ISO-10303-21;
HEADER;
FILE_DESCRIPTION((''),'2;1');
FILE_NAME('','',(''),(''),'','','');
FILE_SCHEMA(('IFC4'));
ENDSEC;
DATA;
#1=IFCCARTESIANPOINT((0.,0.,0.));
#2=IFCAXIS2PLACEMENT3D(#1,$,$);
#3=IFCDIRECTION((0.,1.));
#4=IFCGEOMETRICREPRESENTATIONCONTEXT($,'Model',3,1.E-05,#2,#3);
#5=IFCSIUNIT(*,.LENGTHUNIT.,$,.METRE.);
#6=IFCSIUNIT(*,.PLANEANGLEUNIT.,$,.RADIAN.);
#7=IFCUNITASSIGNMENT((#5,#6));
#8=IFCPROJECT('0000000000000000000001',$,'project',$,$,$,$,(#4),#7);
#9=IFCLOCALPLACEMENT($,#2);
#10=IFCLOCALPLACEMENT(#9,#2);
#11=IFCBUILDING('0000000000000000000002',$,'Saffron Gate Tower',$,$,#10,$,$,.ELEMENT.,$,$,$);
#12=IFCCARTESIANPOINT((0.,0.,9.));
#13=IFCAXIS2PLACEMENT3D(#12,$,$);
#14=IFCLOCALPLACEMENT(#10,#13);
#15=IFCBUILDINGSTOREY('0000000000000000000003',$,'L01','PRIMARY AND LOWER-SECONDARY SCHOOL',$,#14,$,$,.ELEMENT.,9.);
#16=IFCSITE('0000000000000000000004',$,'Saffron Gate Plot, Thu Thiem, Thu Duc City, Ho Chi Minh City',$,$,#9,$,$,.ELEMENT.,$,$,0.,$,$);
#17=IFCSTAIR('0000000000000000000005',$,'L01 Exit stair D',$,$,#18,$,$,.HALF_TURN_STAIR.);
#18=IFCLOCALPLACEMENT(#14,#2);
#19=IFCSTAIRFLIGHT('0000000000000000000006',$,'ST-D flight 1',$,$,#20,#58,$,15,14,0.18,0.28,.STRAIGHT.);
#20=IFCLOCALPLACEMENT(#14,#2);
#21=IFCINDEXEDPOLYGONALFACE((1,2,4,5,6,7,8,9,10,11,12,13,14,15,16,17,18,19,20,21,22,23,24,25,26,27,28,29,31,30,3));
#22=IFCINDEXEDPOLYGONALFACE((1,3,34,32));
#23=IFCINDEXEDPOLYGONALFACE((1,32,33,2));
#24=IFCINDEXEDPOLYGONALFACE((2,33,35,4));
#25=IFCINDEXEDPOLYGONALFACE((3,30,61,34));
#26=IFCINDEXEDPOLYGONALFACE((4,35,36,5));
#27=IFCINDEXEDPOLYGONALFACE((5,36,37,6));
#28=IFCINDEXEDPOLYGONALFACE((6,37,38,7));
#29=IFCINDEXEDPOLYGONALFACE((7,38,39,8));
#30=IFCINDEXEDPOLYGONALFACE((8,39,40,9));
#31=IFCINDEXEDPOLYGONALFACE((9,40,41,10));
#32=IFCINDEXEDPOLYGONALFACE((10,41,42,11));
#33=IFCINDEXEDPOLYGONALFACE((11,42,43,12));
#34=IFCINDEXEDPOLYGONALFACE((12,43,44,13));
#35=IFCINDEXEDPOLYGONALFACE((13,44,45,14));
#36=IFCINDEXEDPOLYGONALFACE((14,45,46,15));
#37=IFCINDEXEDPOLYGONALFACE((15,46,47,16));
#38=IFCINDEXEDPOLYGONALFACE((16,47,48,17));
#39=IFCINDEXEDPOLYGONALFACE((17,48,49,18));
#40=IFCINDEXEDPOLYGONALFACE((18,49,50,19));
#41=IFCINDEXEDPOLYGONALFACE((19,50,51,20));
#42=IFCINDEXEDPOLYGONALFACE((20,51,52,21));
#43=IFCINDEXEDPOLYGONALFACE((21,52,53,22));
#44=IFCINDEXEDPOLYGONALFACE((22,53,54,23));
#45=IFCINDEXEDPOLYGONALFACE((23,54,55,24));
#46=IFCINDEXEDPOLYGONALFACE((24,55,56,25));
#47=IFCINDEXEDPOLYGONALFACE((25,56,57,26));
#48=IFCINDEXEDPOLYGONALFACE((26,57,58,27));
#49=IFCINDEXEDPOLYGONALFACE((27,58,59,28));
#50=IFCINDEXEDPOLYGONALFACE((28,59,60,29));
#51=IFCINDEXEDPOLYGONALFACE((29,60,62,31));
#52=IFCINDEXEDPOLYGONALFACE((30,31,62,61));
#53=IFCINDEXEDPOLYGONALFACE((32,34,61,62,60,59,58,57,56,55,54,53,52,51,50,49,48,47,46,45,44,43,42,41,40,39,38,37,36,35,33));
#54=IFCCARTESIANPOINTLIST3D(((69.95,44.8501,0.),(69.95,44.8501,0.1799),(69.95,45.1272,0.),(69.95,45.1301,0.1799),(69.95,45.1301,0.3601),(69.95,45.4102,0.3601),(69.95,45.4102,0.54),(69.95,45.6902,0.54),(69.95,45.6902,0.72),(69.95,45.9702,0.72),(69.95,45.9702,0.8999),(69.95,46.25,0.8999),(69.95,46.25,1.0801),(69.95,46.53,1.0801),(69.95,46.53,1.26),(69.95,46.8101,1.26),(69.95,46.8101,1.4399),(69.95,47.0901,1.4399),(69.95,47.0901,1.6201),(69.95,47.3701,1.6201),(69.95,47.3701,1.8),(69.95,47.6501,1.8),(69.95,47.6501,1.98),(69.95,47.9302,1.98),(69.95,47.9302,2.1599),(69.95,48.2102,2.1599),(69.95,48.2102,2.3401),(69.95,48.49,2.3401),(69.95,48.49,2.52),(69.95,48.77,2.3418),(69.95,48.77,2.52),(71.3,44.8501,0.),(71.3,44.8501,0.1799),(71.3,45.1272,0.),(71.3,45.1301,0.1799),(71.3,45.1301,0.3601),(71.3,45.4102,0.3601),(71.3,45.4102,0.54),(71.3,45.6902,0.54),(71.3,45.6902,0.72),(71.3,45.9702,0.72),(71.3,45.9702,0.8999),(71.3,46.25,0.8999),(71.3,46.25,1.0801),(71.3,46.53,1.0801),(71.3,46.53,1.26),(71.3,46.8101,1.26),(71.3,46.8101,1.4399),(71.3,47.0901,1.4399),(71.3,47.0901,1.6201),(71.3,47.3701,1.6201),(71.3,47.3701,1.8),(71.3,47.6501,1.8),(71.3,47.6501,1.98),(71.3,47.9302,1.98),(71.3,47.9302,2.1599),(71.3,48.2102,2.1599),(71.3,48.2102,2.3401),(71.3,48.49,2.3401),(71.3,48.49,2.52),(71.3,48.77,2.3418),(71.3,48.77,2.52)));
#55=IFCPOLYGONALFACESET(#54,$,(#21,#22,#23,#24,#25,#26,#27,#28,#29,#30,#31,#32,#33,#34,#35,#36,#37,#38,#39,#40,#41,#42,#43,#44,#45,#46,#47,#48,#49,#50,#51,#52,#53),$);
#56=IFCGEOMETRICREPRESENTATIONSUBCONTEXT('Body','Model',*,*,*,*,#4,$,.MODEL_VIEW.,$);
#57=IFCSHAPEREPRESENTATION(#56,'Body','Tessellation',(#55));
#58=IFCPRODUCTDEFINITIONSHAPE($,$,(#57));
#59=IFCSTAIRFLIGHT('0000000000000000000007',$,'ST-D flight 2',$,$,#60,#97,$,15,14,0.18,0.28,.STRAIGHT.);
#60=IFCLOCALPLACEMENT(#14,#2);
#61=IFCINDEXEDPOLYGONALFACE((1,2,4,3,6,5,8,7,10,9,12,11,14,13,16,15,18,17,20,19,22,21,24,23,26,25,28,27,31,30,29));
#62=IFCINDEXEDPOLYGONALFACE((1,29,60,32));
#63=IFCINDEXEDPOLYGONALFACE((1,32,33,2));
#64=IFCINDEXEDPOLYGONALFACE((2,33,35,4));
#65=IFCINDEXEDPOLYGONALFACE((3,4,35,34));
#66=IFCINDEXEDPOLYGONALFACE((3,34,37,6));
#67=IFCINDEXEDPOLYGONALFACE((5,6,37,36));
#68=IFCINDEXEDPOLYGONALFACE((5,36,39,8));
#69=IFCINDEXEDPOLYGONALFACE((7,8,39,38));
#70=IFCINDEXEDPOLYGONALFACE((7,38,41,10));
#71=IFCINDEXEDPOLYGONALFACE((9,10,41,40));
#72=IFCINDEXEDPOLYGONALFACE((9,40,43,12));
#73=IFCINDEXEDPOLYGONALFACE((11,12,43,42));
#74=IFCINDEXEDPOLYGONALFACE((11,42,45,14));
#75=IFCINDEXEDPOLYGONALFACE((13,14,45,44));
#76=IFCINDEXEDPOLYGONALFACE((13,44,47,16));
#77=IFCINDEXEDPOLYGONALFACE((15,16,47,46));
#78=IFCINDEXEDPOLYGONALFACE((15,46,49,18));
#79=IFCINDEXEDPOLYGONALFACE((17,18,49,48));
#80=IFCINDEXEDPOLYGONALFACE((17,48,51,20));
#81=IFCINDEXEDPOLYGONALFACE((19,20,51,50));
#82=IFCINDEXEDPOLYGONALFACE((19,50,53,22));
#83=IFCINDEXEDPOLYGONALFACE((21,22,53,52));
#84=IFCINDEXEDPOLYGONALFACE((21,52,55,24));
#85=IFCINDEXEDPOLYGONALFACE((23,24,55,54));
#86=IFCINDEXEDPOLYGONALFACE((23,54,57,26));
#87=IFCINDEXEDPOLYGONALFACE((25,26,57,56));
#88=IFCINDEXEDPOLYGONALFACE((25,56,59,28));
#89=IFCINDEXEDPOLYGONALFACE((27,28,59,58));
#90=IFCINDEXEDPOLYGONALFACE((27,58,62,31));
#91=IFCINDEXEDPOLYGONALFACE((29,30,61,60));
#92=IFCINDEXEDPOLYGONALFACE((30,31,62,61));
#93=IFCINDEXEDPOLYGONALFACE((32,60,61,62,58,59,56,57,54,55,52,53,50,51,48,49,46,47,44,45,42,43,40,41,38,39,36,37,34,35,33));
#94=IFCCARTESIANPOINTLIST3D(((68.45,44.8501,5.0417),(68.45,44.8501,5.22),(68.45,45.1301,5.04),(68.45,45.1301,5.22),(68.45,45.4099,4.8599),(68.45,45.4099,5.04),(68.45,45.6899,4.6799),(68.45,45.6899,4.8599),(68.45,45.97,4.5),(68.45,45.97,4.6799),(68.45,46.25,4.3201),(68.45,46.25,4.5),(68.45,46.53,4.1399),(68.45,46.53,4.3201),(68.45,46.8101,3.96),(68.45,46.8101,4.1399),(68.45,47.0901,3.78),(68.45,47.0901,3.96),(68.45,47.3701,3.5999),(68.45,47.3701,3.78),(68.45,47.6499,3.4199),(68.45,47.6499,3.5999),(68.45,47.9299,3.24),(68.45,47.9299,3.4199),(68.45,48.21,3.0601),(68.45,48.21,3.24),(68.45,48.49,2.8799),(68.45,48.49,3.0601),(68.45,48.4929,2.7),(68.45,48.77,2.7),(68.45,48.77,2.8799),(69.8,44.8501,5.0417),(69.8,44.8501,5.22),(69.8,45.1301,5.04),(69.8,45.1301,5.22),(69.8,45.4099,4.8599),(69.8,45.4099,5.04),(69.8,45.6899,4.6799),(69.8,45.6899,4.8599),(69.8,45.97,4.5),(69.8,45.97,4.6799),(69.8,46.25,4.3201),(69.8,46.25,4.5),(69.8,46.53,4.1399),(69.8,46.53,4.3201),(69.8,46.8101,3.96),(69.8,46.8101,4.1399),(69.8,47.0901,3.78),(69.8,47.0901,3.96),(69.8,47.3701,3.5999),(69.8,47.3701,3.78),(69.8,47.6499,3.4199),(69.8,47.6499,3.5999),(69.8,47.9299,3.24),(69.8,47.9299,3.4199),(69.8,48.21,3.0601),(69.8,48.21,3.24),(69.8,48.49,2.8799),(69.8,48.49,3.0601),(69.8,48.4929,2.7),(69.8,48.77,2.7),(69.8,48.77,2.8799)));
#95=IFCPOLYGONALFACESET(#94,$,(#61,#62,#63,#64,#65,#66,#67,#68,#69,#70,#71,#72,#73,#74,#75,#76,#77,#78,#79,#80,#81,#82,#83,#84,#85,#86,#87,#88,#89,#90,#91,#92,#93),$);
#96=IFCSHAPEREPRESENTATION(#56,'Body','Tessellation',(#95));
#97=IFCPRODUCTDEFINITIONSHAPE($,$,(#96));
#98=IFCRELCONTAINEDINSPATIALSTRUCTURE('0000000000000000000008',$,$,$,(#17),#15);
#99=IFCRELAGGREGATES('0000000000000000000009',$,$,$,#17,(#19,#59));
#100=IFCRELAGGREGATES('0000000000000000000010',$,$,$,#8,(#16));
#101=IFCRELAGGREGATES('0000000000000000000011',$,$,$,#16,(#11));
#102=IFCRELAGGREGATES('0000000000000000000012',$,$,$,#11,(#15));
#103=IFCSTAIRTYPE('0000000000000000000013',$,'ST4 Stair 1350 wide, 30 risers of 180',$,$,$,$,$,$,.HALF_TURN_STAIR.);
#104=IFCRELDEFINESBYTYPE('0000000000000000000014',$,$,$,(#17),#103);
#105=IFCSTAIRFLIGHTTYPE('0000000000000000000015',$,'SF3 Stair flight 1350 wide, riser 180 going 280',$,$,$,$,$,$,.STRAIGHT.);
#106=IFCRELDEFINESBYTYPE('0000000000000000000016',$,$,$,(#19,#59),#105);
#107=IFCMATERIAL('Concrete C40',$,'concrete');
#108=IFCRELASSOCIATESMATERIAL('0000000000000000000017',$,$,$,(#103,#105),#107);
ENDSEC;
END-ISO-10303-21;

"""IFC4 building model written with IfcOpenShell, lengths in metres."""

from ifc_helpers import new_model, si_unit, direction, frame, origin, place, context, subcontext, project, spatial, polyline, outline, extrude, material, type_object, element, aggregate, save


model = new_model("IFC4")

# Units and contexts
model_context = context("Model", 3, precision=1e-05, world=origin(), true_north=direction((0.0, 1.0)))
body_context = subcontext(model_context, "Body", "Model", "MODEL_VIEW")
ifc_project = project(units=[si_unit("LENGTHUNIT", "METRE"), si_unit("PLANEANGLEUNIT", "RADIAN")], contexts=[model_context])

# Site, building, storey
site_placement = place(None, origin())
site = spatial("IfcSite", under=ifc_project, at=site_placement, Name="Saffron Gate Plot, Thu Thiem, Thu Duc City, Ho Chi Minh City", CompositionType="ELEMENT", RefElevation=0.0)
building_placement = place(site_placement, origin())
building = spatial("IfcBuilding", under=site, at=building_placement, Name="Saffron Gate Tower", CompositionType="ELEMENT")
storey_placement = place(building_placement, frame((0.0, 0.0, 9.0)))
storey = spatial("IfcBuildingStorey", under=building, at=storey_placement, Name="L01", Description="PRIMARY AND LOWER-SECONDARY SCHOOL", CompositionType="ELEMENT", Elevation=9.0)

# Stair, stair flights
ifc_material_1 = material(Name="Concrete C40", Category="concrete")
stair_type = type_object("IfcStairType", Name="ST4 Stair 1350 wide, 30 risers of 180", PredefinedType="HALF_TURN_STAIR", material=ifc_material_1)
stair_placement = place(storey_placement, origin())
stair = element("IfcStair", 1, at=stair_placement, inside=storey, type_object=stair_type, Name="L01 Exit stair D", PredefinedType="HALF_TURN_STAIR")
stair_flight_type = type_object("IfcStairFlightType", Name="SF3 Stair flight 1350 wide, riser 180 going 280", PredefinedType="STRAIGHT", material=ifc_material_1)
stair_flight_1_placement = place(storey_placement, frame((70.625, 44.8501, 0.0), z_axis=(0.0, 0.0, 1.0), x_axis=(0.0, 1.0, 0.0)))
stair_flight_1 = element("IfcStairFlight", 2, at=stair_flight_1_placement, type_object=stair_flight_type, Name="ST-D flight 1", NumberOfRisers=15, NumberOfTreads=14, PredefinedType="STRAIGHT", RiserHeight=0.18, TreadLength=0.28, context=body_context, shape_type="SweptSolid", body=[
    extrude(outline(polyline([(0.0, 0.0), (0.0, 0.1799), (0.28, 0.1799), (0.28, 0.3601), (0.5601, 0.3601), (0.5601, 0.54), (0.8401, 0.54), (0.8401, 0.72), (1.1201, 0.72), (1.1201, 0.8999), (1.3999, 0.8999), (1.3999, 1.0801), (1.6799, 1.0801), (1.6799, 1.26), (1.96, 1.26), (1.96, 1.4399), (2.24, 1.4399), (2.24, 1.6201), (2.52, 1.6201), (2.52, 1.8), (2.8, 1.8), (2.8, 1.98), (3.0801, 1.98), (3.0801, 2.1599), (3.3601, 2.1599), (3.3601, 2.3401), (3.6399, 2.3401), (3.6399, 2.52), (3.9199, 2.52), (3.9199, 2.7), (3.9199, 2.3418), (0.2771, 0.0), (0.0, 0.0)])), frame((0.0, 0.675, 0.0), z_axis=(0.0, -1.0, 0.0), x_axis=(1.0, 0.0, 0.0)), (0.0, 0.0, 1.0), 1.3501),
])
stair_flight_2_placement = place(storey_placement, frame((69.125, 48.77, 2.7), z_axis=(0.0, 0.0, 1.0), x_axis=(0.0, -1.0, 0.0)))
stair_flight_2 = element("IfcStairFlight", 3, at=stair_flight_2_placement, type_object=stair_flight_type, Name="ST-D flight 2", NumberOfRisers=15, NumberOfTreads=14, PredefinedType="STRAIGHT", RiserHeight=0.18, TreadLength=0.28, context=body_context, shape_type="SweptSolid", body=[
    extrude(outline(polyline([(0.0, 0.0), (0.0, 0.1799), (0.28, 0.1799), (0.28, 0.3601), (0.5601, 0.3601), (0.5601, 0.54), (0.8401, 0.54), (0.8401, 0.72), (1.1201, 0.72), (1.1201, 0.8999), (1.3999, 0.8999), (1.3999, 1.0801), (1.6799, 1.0801), (1.6799, 1.26), (1.96, 1.26), (1.96, 1.4399), (2.24, 1.4399), (2.24, 1.6201), (2.52, 1.6201), (2.52, 1.8), (2.8, 1.8), (2.8, 1.98), (3.0801, 1.98), (3.0801, 2.1599), (3.3601, 2.1599), (3.3601, 2.3401), (3.6399, 2.3401), (3.6399, 2.52), (3.9199, 2.52), (3.9199, 2.7), (3.9199, 2.3418), (0.2771, 0.0), (0.0, 0.0)])), frame((0.0, 0.675, 0.0), z_axis=(0.0, -1.0, 0.0), x_axis=(1.0, 0.0, 0.0)), (0.0, 0.0, 1.0), 1.3501),
])
aggregate(stair, [stair_flight_1, stair_flight_2])

save(model, "model.ifc")
